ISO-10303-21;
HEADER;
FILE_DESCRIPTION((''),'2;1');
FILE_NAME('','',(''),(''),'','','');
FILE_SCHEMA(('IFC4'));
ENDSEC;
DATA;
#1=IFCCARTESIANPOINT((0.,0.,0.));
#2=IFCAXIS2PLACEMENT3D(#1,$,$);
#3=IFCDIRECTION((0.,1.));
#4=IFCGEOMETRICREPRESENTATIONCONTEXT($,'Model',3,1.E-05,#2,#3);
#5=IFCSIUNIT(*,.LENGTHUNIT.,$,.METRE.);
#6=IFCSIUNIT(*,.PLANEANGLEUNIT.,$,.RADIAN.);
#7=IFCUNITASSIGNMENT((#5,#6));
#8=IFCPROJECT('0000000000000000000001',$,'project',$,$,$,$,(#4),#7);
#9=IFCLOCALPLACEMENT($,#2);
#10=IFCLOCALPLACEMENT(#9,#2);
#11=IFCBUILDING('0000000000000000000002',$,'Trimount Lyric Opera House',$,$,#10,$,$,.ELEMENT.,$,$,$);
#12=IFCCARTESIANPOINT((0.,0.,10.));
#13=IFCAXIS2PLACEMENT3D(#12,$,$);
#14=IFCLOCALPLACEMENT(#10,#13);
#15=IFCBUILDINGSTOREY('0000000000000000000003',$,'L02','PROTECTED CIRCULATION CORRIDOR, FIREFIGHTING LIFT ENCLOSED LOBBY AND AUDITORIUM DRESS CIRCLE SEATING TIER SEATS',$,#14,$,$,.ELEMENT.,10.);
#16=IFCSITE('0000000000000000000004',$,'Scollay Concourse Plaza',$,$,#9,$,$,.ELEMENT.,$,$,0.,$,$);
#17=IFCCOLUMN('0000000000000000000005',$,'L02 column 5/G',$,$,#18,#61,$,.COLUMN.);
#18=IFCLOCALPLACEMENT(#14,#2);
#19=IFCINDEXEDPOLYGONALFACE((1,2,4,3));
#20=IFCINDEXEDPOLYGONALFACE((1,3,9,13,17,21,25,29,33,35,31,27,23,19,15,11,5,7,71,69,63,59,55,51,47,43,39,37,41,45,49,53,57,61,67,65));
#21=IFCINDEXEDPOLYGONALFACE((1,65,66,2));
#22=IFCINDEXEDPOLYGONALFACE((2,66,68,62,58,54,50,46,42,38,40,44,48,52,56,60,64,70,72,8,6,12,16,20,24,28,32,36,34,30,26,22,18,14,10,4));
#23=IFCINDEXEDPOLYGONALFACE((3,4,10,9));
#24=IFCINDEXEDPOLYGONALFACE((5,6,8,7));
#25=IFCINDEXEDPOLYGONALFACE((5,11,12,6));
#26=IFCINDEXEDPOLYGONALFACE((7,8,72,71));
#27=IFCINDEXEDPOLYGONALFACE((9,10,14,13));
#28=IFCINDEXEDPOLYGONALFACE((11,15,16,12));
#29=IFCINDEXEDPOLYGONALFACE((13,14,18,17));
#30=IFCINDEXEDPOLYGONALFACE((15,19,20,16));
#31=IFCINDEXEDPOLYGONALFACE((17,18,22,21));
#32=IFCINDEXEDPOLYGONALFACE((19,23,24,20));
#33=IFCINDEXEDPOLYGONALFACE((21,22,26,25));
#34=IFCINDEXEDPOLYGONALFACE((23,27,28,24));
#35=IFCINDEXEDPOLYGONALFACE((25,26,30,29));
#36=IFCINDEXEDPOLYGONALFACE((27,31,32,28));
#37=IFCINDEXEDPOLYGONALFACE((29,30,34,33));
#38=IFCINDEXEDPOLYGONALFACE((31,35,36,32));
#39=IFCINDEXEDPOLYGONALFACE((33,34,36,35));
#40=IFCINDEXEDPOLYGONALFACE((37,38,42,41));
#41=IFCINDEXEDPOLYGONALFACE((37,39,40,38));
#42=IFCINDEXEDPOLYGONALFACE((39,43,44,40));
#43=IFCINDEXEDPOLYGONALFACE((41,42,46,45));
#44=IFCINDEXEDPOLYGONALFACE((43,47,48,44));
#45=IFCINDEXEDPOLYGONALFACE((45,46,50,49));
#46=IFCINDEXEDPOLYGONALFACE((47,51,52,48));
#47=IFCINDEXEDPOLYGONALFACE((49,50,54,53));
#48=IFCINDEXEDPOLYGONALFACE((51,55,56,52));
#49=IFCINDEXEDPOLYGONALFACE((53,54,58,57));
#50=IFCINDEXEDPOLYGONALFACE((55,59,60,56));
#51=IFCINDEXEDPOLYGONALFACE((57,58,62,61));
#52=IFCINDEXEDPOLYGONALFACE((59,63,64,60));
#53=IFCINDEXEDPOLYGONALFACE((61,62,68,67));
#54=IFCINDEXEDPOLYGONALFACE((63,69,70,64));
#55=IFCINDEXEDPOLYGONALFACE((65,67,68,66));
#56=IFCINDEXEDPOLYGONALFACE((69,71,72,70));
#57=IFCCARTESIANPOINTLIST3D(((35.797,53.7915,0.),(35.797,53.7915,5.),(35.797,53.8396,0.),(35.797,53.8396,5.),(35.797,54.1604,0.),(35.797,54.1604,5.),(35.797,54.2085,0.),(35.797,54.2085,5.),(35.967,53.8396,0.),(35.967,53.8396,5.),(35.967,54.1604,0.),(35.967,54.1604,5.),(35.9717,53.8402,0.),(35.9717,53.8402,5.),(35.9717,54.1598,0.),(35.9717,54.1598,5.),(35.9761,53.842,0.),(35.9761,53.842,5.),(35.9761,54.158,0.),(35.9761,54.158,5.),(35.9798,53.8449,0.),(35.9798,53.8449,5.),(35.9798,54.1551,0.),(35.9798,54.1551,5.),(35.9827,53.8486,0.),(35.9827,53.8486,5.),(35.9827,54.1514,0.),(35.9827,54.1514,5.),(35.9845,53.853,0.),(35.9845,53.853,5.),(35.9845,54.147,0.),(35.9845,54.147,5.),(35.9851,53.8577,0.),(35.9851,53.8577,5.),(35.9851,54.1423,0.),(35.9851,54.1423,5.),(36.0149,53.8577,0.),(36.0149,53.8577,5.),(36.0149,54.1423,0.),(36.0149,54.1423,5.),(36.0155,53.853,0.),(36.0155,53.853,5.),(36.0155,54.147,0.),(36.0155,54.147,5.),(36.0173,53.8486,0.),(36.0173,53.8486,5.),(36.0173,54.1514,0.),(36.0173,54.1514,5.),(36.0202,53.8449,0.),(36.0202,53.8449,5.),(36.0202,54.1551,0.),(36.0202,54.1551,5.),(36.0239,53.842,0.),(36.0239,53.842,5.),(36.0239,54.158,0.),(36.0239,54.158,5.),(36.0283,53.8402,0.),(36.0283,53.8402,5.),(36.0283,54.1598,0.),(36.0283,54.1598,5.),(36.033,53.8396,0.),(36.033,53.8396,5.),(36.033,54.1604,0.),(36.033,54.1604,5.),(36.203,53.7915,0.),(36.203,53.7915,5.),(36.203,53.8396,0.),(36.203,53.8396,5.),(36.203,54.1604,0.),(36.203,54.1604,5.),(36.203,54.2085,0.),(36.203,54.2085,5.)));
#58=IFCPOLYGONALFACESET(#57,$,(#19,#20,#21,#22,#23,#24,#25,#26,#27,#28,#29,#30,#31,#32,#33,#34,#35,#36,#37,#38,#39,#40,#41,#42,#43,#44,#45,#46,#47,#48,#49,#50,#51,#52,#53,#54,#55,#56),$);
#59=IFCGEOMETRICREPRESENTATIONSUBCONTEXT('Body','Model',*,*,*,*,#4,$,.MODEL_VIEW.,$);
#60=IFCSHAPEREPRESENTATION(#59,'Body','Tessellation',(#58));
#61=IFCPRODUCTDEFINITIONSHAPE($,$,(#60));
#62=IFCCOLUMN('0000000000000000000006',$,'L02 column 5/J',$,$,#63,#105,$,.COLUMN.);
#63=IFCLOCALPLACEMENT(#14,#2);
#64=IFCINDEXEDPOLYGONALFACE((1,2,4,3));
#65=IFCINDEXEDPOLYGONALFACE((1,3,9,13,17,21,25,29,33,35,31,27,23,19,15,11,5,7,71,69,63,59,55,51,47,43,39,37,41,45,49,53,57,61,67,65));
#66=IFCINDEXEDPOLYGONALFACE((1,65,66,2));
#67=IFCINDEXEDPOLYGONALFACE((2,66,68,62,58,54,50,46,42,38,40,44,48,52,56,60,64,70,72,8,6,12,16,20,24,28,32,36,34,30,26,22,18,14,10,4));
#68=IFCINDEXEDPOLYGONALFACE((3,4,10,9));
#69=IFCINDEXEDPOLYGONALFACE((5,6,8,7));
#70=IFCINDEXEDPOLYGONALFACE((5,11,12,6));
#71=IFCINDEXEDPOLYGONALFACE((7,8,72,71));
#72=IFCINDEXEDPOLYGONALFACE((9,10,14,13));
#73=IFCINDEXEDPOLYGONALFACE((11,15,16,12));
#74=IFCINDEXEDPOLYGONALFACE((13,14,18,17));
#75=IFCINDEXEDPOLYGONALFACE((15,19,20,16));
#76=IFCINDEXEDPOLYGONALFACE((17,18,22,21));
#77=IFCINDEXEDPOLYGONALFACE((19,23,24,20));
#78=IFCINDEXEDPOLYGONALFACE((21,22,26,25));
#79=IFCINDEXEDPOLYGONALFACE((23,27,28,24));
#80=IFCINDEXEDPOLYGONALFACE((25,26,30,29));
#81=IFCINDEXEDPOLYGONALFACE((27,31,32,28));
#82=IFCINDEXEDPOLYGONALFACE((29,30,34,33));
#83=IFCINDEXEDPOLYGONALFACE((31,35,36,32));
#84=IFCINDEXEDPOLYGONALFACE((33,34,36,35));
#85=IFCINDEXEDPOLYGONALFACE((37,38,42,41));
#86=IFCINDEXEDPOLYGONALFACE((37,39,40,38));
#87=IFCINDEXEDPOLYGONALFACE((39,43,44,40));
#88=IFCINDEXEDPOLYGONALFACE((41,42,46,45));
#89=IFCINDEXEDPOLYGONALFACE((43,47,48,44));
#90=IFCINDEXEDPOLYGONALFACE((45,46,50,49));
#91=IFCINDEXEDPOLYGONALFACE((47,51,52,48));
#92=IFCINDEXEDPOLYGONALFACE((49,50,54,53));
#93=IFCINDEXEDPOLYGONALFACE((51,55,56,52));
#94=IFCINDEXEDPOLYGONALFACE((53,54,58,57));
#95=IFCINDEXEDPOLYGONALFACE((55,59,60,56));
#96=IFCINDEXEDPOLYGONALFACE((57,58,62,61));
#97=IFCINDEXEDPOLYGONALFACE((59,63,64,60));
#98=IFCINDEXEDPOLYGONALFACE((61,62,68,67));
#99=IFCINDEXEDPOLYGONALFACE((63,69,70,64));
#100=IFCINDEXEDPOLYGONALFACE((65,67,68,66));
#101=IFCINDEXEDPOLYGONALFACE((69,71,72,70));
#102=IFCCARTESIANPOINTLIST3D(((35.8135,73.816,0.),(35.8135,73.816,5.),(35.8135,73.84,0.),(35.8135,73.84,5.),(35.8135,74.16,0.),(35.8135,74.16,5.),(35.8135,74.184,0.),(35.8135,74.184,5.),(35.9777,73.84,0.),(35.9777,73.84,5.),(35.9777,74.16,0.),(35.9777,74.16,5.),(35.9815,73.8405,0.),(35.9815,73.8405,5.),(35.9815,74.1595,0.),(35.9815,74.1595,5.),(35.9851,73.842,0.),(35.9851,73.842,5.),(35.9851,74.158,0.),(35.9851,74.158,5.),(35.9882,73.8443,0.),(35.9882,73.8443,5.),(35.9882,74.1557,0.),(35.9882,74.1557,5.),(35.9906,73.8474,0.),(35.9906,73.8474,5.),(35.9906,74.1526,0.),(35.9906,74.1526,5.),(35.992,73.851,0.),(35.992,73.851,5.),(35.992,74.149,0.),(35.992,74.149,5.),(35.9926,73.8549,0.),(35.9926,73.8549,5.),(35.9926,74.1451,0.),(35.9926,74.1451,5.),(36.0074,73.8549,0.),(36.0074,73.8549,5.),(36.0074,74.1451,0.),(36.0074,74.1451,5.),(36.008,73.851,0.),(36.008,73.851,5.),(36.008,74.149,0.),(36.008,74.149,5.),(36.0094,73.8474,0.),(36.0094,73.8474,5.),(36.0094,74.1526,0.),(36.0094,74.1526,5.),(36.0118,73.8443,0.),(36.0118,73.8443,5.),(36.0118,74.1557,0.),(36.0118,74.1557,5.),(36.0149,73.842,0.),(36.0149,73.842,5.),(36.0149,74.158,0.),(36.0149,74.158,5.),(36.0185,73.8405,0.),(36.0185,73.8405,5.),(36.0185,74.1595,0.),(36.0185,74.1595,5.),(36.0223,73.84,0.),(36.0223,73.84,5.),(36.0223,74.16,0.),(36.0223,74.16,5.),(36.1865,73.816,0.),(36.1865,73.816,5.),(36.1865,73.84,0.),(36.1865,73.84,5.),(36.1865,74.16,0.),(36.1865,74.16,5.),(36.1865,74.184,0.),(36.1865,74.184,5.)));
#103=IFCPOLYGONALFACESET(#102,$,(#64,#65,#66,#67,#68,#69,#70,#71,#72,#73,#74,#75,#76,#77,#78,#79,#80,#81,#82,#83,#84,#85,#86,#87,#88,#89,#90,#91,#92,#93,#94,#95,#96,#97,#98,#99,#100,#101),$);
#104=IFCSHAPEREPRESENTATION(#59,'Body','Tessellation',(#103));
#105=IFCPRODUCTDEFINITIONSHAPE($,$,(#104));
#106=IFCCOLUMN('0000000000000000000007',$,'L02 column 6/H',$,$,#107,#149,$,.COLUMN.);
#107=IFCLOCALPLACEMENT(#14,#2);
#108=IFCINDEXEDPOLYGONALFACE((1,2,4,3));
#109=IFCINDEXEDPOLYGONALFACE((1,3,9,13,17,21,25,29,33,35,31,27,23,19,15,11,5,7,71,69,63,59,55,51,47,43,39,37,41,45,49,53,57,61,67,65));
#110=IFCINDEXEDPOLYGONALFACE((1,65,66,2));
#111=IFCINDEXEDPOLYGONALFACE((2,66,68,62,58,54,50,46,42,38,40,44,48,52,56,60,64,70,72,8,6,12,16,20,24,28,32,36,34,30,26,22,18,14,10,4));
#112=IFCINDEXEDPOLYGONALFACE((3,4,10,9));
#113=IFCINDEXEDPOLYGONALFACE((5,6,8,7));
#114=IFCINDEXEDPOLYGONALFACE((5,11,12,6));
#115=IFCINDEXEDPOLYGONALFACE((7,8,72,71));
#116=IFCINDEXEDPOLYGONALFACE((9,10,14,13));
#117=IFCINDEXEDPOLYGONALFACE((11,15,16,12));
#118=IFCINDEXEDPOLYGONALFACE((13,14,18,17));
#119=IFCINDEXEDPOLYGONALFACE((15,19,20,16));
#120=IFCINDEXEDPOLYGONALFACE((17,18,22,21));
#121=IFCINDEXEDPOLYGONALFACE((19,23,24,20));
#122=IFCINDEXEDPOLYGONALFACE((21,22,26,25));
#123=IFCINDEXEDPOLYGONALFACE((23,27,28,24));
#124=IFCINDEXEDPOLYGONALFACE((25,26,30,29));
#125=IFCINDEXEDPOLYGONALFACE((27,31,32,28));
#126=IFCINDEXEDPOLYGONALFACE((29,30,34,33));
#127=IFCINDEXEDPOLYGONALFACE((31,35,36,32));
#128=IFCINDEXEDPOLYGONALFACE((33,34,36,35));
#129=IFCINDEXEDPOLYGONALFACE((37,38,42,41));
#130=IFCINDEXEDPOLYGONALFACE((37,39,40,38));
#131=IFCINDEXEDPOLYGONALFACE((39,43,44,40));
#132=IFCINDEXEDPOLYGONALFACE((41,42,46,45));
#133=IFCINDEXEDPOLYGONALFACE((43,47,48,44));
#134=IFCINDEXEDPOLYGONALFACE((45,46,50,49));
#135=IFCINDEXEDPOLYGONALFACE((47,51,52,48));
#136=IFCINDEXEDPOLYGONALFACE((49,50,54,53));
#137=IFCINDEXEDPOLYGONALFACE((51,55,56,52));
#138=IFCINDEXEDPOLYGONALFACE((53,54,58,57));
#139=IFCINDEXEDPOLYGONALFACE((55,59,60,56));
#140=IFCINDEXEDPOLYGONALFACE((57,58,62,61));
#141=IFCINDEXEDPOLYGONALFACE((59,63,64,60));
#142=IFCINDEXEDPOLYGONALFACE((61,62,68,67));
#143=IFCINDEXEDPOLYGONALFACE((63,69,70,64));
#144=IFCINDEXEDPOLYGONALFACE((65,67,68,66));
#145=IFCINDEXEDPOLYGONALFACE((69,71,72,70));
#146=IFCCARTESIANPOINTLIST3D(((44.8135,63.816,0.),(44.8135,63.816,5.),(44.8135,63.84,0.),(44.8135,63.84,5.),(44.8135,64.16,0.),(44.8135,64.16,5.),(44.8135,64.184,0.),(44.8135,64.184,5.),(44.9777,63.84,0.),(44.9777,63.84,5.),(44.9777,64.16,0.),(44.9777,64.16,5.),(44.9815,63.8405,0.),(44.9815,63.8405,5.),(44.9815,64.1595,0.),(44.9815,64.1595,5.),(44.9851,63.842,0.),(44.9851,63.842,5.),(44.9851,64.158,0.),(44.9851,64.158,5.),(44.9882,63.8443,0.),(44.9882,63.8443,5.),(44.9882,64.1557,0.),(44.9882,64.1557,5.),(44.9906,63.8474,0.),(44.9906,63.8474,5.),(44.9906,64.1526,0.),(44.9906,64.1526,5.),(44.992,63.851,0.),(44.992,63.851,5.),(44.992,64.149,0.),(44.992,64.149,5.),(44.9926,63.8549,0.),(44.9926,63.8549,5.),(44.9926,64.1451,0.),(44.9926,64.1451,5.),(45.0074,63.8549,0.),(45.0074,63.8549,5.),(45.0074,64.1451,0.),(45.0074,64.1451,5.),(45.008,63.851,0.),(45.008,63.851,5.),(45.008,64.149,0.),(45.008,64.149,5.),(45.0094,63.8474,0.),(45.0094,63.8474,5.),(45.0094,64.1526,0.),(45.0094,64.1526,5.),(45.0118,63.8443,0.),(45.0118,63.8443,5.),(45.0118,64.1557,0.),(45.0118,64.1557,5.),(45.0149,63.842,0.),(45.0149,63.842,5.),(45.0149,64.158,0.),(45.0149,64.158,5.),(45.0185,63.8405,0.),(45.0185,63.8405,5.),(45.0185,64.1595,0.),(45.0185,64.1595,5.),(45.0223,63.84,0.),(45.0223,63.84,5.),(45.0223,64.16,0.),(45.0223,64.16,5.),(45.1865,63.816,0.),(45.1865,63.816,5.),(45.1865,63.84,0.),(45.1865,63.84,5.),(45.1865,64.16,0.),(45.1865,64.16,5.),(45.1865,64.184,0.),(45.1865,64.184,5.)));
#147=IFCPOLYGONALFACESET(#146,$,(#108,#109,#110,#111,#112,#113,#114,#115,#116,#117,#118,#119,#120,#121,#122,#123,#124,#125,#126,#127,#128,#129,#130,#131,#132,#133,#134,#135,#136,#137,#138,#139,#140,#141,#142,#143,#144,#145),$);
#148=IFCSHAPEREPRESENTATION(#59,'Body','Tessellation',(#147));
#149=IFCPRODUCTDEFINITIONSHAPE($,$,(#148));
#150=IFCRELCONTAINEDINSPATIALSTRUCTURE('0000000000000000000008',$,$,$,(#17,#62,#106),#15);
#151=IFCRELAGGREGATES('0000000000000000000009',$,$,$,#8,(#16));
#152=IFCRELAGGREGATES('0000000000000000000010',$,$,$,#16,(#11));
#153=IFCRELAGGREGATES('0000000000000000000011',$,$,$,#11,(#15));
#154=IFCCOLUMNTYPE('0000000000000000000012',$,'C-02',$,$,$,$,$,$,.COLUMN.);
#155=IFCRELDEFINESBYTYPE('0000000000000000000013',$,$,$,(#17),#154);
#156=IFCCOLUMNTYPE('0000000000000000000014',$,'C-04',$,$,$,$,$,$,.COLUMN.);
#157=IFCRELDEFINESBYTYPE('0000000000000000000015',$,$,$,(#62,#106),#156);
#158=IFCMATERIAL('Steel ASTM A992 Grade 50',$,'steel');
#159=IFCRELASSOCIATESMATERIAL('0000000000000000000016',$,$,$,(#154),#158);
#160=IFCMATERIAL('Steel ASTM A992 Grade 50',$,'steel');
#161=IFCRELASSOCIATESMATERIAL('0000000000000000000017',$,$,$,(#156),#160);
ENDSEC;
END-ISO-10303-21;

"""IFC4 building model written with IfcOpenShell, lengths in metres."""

from ifc_helpers import new_model, si_unit, direction, frame, origin, origin_2d, place, context, subcontext, project, spatial, i_section, extrude, material, material_profile, profile_set, type_object, element, save


model = new_model("IFC4")

# Units and contexts
model_context = context("Model", 3, precision=1e-05, world=origin(), true_north=direction((0.0, 1.0)))
body_context = subcontext(model_context, "Body", "Model", "MODEL_VIEW")
ifc_project = project(units=[si_unit("LENGTHUNIT", "METRE"), si_unit("PLANEANGLEUNIT", "RADIAN")], contexts=[model_context])

# Site, building, storey
site_placement = place(None, origin())
site = spatial("IfcSite", under=ifc_project, at=site_placement, Name="Scollay Concourse Plaza", CompositionType="ELEMENT", RefElevation=0.0)
building_placement = place(site_placement, origin())
building = spatial("IfcBuilding", under=site, at=building_placement, Name="Trimount Lyric Opera House", CompositionType="ELEMENT")
storey_placement = place(building_placement, frame((0.0, 0.0, 10.0)))
storey = spatial("IfcBuildingStorey", under=building, at=storey_placement, Name="L02", Description="PROTECTED CIRCULATION CORRIDOR, FIREFIGHTING LIFT ENCLOSED LOBBY AND AUDITORIUM DRESS CIRCLE SEATING TIER SEATS", CompositionType="ELEMENT", Elevation=10.0)

# Columns
ifc_material_1 = material(Name="Steel ASTM A992 Grade 50", Category="steel")
ifc_material_profile_1 = material_profile(ifc_material_1, i_section(OverallWidth=0.406, OverallDepth=0.417, WebThickness=0.0298, FlangeThickness=0.0481, FilletRadius=0.0181, at=origin_2d()), Name="W14X257")
ifc_profile_set_1 = profile_set([ifc_material_profile_1], Name="Steel ASTM A992 Grade 50")
column_type_1 = type_object("IfcColumnType", Name="C-02", PredefinedType="COLUMN", material=ifc_profile_set_1)
column_1_placement = place(storey_placement, frame((36.0, 54.0, 0.0), z_axis=(0.0, 0.0, 1.0), x_axis=(1.0, 0.0, 0.0)))
element("IfcColumn", 1, at=column_1_placement, inside=storey, type_object=column_type_1, Name="L02 column 5/G", PredefinedType="COLUMN", context=body_context, shape_type="SweptSolid", body=[
    extrude(i_section(OverallWidth=0.406, OverallDepth=0.417, WebThickness=0.0298, FlangeThickness=0.0481, FilletRadius=0.0181, at=origin_2d()), origin(), (0.0, 0.0, 1.0), 5.0),
])
ifc_material_2 = material(Name="Steel ASTM A992 Grade 50", Category="steel")
ifc_material_profile_2 = material_profile(ifc_material_2, i_section(OverallWidth=0.373, OverallDepth=0.3679, WebThickness=0.0149, FlangeThickness=0.0239, FilletRadius=0.0149, at=origin_2d()), Name="W14X120")
ifc_profile_set_2 = profile_set([ifc_material_profile_2], Name="Steel ASTM A992 Grade 50")
column_type_2 = type_object("IfcColumnType", Name="C-04", PredefinedType="COLUMN", material=ifc_profile_set_2)
for number, where, z_axis, x_axis, name in (
    (2, (36.0, 74.0, 0.0), (0.0, 0.0, 1.0), (1.0, 0.0, 0.0), "L02 column 5/J"),
    (3, (45.0, 64.0, 0.0), (0.0, 0.0, 1.0), (1.0, 0.0, 0.0), "L02 column 6/H"),
):
    element("IfcColumn", number, at=place(storey_placement, frame(where, z_axis=z_axis, x_axis=x_axis)), inside=storey, type_object=column_type_2, Name=name, PredefinedType="COLUMN", context=body_context, shape_type="SweptSolid", body=[
        extrude(i_section(OverallWidth=0.373, OverallDepth=0.3679, WebThickness=0.0149, FlangeThickness=0.0239, FilletRadius=0.0149, at=origin_2d()), origin(), (0.0, 0.0, 1.0), 5.0),
    ])

save(model, "model.ifc")
